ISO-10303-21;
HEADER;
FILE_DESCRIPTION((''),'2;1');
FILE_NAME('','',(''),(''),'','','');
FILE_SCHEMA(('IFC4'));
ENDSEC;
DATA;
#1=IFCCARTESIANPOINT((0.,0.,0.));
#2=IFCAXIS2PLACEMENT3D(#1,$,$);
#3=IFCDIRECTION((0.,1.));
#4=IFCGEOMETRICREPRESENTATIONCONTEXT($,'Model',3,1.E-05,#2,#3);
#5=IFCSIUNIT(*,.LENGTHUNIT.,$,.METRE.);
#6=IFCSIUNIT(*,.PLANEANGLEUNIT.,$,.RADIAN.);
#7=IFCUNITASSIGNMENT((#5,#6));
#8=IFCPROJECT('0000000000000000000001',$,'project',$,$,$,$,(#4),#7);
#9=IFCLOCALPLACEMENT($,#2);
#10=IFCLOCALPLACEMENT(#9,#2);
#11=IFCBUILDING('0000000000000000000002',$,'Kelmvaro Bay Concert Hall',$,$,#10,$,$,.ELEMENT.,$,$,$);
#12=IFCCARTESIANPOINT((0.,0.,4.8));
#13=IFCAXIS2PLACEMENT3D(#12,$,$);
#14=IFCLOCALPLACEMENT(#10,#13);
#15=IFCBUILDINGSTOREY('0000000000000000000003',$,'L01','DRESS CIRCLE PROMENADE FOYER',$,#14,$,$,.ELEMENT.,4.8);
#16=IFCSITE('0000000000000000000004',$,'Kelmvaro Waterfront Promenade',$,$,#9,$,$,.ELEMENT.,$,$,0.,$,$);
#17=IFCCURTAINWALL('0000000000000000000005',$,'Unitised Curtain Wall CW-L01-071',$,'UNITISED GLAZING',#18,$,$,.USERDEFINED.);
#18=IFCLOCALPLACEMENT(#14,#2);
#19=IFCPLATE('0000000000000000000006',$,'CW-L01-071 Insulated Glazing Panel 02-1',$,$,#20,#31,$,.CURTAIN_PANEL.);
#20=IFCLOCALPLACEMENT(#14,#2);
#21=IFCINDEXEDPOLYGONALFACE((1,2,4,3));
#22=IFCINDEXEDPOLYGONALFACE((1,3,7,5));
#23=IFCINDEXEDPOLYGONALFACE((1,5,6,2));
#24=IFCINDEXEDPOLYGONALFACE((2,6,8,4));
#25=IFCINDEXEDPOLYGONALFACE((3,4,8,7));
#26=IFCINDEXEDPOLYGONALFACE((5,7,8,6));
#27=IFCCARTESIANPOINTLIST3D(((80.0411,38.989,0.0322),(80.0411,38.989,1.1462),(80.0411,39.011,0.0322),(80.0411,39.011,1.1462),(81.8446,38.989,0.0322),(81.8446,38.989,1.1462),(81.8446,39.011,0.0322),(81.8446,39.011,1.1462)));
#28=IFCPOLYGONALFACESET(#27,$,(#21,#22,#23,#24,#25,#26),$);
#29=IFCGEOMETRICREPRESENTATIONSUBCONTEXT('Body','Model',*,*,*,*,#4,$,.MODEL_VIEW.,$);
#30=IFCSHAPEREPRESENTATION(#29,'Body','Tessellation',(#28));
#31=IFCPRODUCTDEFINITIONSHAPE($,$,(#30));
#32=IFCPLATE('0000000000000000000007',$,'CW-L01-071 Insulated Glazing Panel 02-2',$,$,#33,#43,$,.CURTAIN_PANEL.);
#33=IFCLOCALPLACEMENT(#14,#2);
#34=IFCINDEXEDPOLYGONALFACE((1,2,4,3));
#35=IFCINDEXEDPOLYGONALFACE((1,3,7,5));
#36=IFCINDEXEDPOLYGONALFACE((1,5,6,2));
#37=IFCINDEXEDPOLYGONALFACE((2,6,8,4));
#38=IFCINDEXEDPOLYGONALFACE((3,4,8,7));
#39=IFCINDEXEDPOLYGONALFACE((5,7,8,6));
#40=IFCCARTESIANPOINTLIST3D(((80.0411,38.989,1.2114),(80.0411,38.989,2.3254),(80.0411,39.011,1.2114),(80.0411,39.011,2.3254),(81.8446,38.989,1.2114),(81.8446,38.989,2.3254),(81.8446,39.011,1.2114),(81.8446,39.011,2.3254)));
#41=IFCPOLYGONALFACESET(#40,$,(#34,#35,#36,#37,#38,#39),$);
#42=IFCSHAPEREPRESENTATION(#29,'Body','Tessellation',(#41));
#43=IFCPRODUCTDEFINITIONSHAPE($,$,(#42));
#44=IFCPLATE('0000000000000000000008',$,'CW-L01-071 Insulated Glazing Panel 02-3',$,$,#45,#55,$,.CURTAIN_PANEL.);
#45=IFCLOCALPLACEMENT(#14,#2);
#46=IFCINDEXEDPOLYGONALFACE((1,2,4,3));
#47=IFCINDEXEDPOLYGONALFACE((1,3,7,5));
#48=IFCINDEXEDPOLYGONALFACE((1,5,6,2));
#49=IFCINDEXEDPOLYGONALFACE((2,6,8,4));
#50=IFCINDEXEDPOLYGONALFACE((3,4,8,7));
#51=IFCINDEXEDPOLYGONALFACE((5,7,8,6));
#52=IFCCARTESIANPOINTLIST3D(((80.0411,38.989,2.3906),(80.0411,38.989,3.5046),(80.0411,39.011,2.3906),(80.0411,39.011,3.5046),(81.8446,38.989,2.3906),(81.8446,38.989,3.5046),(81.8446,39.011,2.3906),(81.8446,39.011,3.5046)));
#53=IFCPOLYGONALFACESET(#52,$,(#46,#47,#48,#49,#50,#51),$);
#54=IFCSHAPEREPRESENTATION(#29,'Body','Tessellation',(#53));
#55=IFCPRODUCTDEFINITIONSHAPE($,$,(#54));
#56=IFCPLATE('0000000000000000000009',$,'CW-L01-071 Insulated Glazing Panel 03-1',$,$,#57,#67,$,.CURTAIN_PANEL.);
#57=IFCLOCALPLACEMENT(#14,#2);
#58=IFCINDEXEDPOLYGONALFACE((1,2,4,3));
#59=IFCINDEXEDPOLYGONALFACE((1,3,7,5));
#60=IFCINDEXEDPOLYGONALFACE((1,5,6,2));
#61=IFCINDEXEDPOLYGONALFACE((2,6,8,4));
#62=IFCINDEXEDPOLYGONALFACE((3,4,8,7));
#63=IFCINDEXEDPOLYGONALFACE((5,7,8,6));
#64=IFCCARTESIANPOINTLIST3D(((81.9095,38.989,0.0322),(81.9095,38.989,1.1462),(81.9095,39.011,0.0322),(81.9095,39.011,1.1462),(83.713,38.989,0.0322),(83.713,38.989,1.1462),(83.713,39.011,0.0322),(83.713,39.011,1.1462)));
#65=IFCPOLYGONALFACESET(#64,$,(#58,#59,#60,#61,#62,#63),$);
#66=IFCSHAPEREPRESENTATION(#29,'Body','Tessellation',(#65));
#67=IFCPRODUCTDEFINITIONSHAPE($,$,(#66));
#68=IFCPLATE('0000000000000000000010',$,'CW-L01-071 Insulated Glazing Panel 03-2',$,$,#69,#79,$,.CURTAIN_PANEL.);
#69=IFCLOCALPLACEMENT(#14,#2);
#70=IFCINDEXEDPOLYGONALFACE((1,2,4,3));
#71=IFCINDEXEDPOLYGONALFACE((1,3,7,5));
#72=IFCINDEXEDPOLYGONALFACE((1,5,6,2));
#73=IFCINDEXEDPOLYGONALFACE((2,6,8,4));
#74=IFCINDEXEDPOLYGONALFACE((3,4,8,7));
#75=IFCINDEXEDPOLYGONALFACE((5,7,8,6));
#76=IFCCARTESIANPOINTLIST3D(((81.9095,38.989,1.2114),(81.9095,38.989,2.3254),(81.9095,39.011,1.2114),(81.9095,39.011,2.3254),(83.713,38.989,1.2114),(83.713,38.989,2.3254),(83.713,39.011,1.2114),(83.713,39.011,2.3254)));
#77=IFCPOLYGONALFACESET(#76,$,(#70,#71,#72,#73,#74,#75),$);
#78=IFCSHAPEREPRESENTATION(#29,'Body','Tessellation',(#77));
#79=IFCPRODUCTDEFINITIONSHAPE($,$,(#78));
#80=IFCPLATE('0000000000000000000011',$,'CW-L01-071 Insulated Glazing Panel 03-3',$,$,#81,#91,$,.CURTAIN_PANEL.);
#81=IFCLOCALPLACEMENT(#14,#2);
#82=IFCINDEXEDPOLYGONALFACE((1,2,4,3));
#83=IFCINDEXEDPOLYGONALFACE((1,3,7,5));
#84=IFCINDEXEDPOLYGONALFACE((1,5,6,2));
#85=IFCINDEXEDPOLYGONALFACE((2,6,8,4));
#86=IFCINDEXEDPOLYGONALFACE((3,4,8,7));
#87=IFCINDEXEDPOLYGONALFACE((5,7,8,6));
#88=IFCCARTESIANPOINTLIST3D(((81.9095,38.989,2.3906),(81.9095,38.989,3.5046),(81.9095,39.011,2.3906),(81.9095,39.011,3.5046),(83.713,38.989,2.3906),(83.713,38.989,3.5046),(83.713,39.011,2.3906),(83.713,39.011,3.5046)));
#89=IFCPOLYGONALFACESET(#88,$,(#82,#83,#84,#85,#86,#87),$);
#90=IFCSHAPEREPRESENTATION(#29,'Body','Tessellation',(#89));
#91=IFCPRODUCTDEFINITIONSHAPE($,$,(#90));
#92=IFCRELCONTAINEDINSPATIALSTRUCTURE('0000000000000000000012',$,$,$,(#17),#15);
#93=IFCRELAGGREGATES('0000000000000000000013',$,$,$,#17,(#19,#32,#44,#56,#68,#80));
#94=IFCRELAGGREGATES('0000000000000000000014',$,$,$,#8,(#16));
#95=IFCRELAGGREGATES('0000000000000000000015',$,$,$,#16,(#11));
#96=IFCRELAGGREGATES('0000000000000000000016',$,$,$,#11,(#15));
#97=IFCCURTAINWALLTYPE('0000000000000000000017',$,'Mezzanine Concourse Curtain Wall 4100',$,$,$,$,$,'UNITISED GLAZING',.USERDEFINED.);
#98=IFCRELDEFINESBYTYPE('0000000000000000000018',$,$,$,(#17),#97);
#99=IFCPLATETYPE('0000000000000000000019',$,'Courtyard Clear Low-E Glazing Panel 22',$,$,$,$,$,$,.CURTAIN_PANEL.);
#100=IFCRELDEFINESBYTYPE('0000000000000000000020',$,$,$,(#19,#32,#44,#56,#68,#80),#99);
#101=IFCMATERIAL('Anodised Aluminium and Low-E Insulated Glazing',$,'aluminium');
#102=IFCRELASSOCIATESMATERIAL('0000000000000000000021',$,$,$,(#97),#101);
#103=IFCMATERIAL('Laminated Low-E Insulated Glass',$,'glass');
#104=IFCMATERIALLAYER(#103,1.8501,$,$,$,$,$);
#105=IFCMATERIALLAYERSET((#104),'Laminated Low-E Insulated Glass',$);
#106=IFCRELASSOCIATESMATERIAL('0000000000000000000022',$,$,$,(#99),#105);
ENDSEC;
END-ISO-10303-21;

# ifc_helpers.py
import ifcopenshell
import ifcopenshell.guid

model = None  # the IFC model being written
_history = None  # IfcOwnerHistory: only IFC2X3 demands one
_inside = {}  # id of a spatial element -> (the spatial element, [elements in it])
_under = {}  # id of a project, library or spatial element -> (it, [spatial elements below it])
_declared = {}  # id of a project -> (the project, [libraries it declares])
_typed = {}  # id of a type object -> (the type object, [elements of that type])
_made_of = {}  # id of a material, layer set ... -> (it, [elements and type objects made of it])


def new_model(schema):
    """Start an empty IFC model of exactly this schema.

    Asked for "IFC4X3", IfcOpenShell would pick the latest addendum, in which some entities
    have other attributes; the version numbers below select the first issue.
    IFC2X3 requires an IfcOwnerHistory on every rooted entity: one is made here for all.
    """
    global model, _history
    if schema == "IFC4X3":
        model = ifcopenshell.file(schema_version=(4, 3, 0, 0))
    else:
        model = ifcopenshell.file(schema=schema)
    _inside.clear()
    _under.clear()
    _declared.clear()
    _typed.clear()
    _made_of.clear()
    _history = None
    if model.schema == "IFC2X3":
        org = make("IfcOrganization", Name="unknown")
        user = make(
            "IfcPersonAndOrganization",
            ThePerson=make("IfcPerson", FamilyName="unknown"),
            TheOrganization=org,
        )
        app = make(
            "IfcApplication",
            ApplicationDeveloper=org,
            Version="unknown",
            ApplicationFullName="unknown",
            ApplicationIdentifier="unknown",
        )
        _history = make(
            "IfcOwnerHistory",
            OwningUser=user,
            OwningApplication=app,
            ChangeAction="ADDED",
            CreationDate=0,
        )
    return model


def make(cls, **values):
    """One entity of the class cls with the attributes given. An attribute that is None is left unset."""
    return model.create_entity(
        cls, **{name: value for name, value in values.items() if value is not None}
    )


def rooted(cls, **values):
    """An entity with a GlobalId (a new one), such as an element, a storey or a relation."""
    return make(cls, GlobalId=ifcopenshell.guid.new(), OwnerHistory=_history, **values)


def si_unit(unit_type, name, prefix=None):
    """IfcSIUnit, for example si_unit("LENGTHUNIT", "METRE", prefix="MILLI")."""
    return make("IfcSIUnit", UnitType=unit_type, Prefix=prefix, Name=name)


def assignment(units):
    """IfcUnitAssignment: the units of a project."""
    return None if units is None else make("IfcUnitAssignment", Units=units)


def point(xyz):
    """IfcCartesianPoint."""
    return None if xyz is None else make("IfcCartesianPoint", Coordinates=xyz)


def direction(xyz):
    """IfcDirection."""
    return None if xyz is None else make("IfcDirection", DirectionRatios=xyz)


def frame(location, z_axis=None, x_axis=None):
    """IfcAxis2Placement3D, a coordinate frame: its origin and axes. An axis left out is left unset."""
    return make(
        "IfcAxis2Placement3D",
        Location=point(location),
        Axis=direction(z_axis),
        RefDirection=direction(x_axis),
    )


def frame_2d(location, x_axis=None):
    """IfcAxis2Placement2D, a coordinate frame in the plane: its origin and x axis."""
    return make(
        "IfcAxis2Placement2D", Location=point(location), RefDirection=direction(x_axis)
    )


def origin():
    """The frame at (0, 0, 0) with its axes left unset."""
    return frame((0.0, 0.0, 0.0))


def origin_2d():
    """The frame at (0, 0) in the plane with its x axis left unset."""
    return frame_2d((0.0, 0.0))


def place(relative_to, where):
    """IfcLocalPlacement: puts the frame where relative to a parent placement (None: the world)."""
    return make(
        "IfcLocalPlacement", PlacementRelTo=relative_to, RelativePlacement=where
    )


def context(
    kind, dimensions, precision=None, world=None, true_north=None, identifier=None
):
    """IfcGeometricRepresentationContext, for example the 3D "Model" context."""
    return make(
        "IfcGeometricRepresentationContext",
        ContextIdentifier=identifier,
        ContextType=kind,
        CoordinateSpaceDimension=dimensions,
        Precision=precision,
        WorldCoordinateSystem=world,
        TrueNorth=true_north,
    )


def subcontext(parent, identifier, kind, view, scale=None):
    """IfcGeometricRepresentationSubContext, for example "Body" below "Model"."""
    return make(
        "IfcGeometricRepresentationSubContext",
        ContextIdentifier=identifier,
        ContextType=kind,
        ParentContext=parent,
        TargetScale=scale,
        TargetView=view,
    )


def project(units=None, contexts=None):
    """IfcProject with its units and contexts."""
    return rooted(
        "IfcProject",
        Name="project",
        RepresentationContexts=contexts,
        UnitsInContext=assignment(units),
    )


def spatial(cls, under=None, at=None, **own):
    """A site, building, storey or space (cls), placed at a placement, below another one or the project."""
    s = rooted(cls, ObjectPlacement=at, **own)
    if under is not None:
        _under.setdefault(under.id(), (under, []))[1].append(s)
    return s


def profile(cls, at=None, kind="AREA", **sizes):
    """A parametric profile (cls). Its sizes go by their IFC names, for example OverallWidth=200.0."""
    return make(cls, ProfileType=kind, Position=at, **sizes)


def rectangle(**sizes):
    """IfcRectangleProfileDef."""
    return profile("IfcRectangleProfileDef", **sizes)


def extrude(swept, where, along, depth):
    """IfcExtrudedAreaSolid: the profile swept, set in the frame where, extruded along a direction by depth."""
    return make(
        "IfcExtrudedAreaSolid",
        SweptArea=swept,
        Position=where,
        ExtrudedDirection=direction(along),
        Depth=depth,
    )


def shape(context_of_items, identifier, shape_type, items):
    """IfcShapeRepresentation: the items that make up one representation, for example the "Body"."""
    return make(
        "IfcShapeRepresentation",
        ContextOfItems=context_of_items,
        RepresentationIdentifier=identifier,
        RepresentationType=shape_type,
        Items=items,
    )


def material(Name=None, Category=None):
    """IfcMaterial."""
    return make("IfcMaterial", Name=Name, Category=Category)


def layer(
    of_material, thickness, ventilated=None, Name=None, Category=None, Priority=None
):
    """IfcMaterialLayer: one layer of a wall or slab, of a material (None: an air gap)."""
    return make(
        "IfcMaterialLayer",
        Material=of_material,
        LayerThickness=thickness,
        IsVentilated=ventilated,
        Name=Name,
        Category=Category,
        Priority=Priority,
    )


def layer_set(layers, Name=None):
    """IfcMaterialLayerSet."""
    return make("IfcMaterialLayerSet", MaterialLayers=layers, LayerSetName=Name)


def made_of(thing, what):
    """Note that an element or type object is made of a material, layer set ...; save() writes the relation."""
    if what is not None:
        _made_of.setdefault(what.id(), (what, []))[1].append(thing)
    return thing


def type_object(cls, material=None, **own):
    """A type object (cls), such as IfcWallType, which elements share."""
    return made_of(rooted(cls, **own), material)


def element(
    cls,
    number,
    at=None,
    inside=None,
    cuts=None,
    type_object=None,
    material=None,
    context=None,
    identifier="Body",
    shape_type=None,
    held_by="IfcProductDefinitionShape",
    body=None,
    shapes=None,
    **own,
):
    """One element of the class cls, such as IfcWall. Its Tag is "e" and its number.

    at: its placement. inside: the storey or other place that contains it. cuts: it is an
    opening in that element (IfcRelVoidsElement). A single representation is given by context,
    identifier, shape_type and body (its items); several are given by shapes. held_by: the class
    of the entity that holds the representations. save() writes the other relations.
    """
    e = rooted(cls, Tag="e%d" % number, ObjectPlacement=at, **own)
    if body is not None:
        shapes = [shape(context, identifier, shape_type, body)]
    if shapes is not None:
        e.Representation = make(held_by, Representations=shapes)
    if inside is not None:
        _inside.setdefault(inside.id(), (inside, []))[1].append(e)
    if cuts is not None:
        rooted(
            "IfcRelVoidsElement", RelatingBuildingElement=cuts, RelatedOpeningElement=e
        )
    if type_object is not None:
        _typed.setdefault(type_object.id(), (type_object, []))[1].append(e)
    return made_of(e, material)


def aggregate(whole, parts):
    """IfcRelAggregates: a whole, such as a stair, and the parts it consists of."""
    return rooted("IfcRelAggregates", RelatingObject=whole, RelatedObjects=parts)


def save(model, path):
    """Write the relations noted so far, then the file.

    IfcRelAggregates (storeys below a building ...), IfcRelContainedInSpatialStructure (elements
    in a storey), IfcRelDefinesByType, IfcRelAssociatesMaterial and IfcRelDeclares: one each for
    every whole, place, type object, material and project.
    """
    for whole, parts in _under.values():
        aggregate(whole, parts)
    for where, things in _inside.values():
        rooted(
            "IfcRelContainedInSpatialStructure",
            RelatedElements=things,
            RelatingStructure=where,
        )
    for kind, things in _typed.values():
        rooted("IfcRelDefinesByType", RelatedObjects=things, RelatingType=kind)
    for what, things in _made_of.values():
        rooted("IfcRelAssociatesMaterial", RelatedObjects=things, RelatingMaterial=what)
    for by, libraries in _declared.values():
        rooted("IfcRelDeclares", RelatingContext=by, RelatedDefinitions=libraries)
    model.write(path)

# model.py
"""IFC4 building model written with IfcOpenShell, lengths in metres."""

from ifc_helpers import new_model, si_unit, direction, frame, origin, origin_2d, place, context, subcontext, project, spatial, rectangle, extrude, material, layer, layer_set, type_object, element, aggregate, save


model = new_model("IFC4")

# Units and contexts
model_context = context("Model", 3, precision=1e-05, world=origin(), true_north=direction((0.0, 1.0)))
body_context = subcontext(model_context, "Body", "Model", "MODEL_VIEW")
ifc_project = project(units=[si_unit("LENGTHUNIT", "METRE"), si_unit("PLANEANGLEUNIT", "RADIAN")], contexts=[model_context])

# Site, building, storey
site_placement = place(None, origin())
site = spatial("IfcSite", under=ifc_project, at=site_placement, Name="Kelmvaro Waterfront Promenade", CompositionType="ELEMENT", RefElevation=0.0)
building_placement = place(site_placement, origin())
building = spatial("IfcBuilding", under=site, at=building_placement, Name="Kelmvaro Bay Concert Hall", CompositionType="ELEMENT")
storey_placement = place(building_placement, frame((0.0, 0.0, 4.8)))
storey = spatial("IfcBuildingStorey", under=building, at=storey_placement, Name="L01", Description="DRESS CIRCLE PROMENADE FOYER", CompositionType="ELEMENT", Elevation=4.8)

# Shared definitions
ifc_material_1 = material(Name="Anodised Aluminium and Low-E Insulated Glazing", Category="aluminium")
curtain_wall_type = type_object("IfcCurtainWallType", Name="Mezzanine Concourse Curtain Wall 4100", ElementType="UNITISED GLAZING", PredefinedType="USERDEFINED", material=ifc_material_1)

# Curtain wall
curtain_wall_1_placement = place(storey_placement, origin())
curtain_wall_1 = element("IfcCurtainWall", 1, at=curtain_wall_1_placement, inside=storey, type_object=curtain_wall_type, Name="Unitised Curtain Wall CW-L01-071", ObjectType="UNITISED GLAZING", PredefinedType="USERDEFINED")

# Plates
ifc_material_2 = material(Name="Laminated Low-E Insulated Glass", Category="glass")
ifc_layer = layer(ifc_material_2, 1.8501)
ifc_layer_set = layer_set([ifc_layer], Name="Laminated Low-E Insulated Glass")
plate_type = type_object("IfcPlateType", Name="Courtyard Clear Low-E Glazing Panel 22", PredefinedType="CURTAIN_PANEL", material=ifc_layer_set)
plate_1_placement = place(storey_placement, frame((80.9429, 39.0, 0.0322), z_axis=(0.0, 0.0, 1.0), x_axis=(1.0, 0.0, 0.0)))
plate_1 = element("IfcPlate", 2, at=plate_1_placement, type_object=plate_type, Name="CW-L01-071 Insulated Glazing Panel 02-1", PredefinedType="CURTAIN_PANEL", context=body_context, shape_type="SweptSolid", body=[
    extrude(rectangle(XDim=1.8035, YDim=0.022, at=origin_2d()), origin(), (0.0, 0.0, 1.0), 1.114),
])
plate_2_placement = place(storey_placement, frame((80.9429, 39.0, 1.2114), z_axis=(0.0, 0.0, 1.0), x_axis=(1.0, 0.0, 0.0)))
plate_2 = element("IfcPlate", 3, at=plate_2_placement, type_object=plate_type, Name="CW-L01-071 Insulated Glazing Panel 02-2", PredefinedType="CURTAIN_PANEL", context=body_context, shape_type="SweptSolid", body=[
    extrude(rectangle(XDim=1.8035, YDim=0.022, at=origin_2d()), origin(), (0.0, 0.0, 1.0), 1.114),
])
plate_3_placement = place(storey_placement, frame((80.9429, 39.0, 2.3906), z_axis=(0.0, 0.0, 1.0), x_axis=(1.0, 0.0, 0.0)))
plate_3 = element("IfcPlate", 4, at=plate_3_placement, type_object=plate_type, Name="CW-L01-071 Insulated Glazing Panel 02-3", PredefinedType="CURTAIN_PANEL", context=body_context, shape_type="SweptSolid", body=[
    extrude(rectangle(XDim=1.8035, YDim=0.022, at=origin_2d()), origin(), (0.0, 0.0, 1.0), 1.114),
])
plate_4_placement = place(storey_placement, frame((82.8113, 39.0, 0.0322), z_axis=(0.0, 0.0, 1.0), x_axis=(1.0, 0.0, 0.0)))
plate_4 = element("IfcPlate", 5, at=plate_4_placement, type_object=plate_type, Name="CW-L01-071 Insulated Glazing Panel 03-1", PredefinedType="CURTAIN_PANEL", context=body_context, shape_type="SweptSolid", body=[
    extrude(rectangle(XDim=1.8035, YDim=0.022, at=origin_2d()), origin(), (0.0, 0.0, 1.0), 1.114),
])
plate_5_placement = place(storey_placement, frame((82.8113, 39.0, 1.2114), z_axis=(0.0, 0.0, 1.0), x_axis=(1.0, 0.0, 0.0)))
plate_5 = element("IfcPlate", 6, at=plate_5_placement, type_object=plate_type, Name="CW-L01-071 Insulated Glazing Panel 03-2", PredefinedType="CURTAIN_PANEL", context=body_context, shape_type="SweptSolid", body=[
    extrude(rectangle(XDim=1.8035, YDim=0.022, at=origin_2d()), origin(), (0.0, 0.0, 1.0), 1.114),
])
plate_6_placement = place(storey_placement, frame((82.8113, 39.0, 2.3906), z_axis=(0.0, 0.0, 1.0), x_axis=(1.0, 0.0, 0.0)))
plate_6 = element("IfcPlate", 7, at=plate_6_placement, type_object=plate_type, Name="CW-L01-071 Insulated Glazing Panel 03-3", PredefinedType="CURTAIN_PANEL", context=body_context, shape_type="SweptSolid", body=[
    extrude(rectangle(XDim=1.8035, YDim=0.022, at=origin_2d()), origin(), (0.0, 0.0, 1.0), 1.114),
])
aggregate(curtain_wall_1, [plate_1, plate_2, plate_3, plate_4, plate_5, plate_6])

save(model, "model.ifc")
